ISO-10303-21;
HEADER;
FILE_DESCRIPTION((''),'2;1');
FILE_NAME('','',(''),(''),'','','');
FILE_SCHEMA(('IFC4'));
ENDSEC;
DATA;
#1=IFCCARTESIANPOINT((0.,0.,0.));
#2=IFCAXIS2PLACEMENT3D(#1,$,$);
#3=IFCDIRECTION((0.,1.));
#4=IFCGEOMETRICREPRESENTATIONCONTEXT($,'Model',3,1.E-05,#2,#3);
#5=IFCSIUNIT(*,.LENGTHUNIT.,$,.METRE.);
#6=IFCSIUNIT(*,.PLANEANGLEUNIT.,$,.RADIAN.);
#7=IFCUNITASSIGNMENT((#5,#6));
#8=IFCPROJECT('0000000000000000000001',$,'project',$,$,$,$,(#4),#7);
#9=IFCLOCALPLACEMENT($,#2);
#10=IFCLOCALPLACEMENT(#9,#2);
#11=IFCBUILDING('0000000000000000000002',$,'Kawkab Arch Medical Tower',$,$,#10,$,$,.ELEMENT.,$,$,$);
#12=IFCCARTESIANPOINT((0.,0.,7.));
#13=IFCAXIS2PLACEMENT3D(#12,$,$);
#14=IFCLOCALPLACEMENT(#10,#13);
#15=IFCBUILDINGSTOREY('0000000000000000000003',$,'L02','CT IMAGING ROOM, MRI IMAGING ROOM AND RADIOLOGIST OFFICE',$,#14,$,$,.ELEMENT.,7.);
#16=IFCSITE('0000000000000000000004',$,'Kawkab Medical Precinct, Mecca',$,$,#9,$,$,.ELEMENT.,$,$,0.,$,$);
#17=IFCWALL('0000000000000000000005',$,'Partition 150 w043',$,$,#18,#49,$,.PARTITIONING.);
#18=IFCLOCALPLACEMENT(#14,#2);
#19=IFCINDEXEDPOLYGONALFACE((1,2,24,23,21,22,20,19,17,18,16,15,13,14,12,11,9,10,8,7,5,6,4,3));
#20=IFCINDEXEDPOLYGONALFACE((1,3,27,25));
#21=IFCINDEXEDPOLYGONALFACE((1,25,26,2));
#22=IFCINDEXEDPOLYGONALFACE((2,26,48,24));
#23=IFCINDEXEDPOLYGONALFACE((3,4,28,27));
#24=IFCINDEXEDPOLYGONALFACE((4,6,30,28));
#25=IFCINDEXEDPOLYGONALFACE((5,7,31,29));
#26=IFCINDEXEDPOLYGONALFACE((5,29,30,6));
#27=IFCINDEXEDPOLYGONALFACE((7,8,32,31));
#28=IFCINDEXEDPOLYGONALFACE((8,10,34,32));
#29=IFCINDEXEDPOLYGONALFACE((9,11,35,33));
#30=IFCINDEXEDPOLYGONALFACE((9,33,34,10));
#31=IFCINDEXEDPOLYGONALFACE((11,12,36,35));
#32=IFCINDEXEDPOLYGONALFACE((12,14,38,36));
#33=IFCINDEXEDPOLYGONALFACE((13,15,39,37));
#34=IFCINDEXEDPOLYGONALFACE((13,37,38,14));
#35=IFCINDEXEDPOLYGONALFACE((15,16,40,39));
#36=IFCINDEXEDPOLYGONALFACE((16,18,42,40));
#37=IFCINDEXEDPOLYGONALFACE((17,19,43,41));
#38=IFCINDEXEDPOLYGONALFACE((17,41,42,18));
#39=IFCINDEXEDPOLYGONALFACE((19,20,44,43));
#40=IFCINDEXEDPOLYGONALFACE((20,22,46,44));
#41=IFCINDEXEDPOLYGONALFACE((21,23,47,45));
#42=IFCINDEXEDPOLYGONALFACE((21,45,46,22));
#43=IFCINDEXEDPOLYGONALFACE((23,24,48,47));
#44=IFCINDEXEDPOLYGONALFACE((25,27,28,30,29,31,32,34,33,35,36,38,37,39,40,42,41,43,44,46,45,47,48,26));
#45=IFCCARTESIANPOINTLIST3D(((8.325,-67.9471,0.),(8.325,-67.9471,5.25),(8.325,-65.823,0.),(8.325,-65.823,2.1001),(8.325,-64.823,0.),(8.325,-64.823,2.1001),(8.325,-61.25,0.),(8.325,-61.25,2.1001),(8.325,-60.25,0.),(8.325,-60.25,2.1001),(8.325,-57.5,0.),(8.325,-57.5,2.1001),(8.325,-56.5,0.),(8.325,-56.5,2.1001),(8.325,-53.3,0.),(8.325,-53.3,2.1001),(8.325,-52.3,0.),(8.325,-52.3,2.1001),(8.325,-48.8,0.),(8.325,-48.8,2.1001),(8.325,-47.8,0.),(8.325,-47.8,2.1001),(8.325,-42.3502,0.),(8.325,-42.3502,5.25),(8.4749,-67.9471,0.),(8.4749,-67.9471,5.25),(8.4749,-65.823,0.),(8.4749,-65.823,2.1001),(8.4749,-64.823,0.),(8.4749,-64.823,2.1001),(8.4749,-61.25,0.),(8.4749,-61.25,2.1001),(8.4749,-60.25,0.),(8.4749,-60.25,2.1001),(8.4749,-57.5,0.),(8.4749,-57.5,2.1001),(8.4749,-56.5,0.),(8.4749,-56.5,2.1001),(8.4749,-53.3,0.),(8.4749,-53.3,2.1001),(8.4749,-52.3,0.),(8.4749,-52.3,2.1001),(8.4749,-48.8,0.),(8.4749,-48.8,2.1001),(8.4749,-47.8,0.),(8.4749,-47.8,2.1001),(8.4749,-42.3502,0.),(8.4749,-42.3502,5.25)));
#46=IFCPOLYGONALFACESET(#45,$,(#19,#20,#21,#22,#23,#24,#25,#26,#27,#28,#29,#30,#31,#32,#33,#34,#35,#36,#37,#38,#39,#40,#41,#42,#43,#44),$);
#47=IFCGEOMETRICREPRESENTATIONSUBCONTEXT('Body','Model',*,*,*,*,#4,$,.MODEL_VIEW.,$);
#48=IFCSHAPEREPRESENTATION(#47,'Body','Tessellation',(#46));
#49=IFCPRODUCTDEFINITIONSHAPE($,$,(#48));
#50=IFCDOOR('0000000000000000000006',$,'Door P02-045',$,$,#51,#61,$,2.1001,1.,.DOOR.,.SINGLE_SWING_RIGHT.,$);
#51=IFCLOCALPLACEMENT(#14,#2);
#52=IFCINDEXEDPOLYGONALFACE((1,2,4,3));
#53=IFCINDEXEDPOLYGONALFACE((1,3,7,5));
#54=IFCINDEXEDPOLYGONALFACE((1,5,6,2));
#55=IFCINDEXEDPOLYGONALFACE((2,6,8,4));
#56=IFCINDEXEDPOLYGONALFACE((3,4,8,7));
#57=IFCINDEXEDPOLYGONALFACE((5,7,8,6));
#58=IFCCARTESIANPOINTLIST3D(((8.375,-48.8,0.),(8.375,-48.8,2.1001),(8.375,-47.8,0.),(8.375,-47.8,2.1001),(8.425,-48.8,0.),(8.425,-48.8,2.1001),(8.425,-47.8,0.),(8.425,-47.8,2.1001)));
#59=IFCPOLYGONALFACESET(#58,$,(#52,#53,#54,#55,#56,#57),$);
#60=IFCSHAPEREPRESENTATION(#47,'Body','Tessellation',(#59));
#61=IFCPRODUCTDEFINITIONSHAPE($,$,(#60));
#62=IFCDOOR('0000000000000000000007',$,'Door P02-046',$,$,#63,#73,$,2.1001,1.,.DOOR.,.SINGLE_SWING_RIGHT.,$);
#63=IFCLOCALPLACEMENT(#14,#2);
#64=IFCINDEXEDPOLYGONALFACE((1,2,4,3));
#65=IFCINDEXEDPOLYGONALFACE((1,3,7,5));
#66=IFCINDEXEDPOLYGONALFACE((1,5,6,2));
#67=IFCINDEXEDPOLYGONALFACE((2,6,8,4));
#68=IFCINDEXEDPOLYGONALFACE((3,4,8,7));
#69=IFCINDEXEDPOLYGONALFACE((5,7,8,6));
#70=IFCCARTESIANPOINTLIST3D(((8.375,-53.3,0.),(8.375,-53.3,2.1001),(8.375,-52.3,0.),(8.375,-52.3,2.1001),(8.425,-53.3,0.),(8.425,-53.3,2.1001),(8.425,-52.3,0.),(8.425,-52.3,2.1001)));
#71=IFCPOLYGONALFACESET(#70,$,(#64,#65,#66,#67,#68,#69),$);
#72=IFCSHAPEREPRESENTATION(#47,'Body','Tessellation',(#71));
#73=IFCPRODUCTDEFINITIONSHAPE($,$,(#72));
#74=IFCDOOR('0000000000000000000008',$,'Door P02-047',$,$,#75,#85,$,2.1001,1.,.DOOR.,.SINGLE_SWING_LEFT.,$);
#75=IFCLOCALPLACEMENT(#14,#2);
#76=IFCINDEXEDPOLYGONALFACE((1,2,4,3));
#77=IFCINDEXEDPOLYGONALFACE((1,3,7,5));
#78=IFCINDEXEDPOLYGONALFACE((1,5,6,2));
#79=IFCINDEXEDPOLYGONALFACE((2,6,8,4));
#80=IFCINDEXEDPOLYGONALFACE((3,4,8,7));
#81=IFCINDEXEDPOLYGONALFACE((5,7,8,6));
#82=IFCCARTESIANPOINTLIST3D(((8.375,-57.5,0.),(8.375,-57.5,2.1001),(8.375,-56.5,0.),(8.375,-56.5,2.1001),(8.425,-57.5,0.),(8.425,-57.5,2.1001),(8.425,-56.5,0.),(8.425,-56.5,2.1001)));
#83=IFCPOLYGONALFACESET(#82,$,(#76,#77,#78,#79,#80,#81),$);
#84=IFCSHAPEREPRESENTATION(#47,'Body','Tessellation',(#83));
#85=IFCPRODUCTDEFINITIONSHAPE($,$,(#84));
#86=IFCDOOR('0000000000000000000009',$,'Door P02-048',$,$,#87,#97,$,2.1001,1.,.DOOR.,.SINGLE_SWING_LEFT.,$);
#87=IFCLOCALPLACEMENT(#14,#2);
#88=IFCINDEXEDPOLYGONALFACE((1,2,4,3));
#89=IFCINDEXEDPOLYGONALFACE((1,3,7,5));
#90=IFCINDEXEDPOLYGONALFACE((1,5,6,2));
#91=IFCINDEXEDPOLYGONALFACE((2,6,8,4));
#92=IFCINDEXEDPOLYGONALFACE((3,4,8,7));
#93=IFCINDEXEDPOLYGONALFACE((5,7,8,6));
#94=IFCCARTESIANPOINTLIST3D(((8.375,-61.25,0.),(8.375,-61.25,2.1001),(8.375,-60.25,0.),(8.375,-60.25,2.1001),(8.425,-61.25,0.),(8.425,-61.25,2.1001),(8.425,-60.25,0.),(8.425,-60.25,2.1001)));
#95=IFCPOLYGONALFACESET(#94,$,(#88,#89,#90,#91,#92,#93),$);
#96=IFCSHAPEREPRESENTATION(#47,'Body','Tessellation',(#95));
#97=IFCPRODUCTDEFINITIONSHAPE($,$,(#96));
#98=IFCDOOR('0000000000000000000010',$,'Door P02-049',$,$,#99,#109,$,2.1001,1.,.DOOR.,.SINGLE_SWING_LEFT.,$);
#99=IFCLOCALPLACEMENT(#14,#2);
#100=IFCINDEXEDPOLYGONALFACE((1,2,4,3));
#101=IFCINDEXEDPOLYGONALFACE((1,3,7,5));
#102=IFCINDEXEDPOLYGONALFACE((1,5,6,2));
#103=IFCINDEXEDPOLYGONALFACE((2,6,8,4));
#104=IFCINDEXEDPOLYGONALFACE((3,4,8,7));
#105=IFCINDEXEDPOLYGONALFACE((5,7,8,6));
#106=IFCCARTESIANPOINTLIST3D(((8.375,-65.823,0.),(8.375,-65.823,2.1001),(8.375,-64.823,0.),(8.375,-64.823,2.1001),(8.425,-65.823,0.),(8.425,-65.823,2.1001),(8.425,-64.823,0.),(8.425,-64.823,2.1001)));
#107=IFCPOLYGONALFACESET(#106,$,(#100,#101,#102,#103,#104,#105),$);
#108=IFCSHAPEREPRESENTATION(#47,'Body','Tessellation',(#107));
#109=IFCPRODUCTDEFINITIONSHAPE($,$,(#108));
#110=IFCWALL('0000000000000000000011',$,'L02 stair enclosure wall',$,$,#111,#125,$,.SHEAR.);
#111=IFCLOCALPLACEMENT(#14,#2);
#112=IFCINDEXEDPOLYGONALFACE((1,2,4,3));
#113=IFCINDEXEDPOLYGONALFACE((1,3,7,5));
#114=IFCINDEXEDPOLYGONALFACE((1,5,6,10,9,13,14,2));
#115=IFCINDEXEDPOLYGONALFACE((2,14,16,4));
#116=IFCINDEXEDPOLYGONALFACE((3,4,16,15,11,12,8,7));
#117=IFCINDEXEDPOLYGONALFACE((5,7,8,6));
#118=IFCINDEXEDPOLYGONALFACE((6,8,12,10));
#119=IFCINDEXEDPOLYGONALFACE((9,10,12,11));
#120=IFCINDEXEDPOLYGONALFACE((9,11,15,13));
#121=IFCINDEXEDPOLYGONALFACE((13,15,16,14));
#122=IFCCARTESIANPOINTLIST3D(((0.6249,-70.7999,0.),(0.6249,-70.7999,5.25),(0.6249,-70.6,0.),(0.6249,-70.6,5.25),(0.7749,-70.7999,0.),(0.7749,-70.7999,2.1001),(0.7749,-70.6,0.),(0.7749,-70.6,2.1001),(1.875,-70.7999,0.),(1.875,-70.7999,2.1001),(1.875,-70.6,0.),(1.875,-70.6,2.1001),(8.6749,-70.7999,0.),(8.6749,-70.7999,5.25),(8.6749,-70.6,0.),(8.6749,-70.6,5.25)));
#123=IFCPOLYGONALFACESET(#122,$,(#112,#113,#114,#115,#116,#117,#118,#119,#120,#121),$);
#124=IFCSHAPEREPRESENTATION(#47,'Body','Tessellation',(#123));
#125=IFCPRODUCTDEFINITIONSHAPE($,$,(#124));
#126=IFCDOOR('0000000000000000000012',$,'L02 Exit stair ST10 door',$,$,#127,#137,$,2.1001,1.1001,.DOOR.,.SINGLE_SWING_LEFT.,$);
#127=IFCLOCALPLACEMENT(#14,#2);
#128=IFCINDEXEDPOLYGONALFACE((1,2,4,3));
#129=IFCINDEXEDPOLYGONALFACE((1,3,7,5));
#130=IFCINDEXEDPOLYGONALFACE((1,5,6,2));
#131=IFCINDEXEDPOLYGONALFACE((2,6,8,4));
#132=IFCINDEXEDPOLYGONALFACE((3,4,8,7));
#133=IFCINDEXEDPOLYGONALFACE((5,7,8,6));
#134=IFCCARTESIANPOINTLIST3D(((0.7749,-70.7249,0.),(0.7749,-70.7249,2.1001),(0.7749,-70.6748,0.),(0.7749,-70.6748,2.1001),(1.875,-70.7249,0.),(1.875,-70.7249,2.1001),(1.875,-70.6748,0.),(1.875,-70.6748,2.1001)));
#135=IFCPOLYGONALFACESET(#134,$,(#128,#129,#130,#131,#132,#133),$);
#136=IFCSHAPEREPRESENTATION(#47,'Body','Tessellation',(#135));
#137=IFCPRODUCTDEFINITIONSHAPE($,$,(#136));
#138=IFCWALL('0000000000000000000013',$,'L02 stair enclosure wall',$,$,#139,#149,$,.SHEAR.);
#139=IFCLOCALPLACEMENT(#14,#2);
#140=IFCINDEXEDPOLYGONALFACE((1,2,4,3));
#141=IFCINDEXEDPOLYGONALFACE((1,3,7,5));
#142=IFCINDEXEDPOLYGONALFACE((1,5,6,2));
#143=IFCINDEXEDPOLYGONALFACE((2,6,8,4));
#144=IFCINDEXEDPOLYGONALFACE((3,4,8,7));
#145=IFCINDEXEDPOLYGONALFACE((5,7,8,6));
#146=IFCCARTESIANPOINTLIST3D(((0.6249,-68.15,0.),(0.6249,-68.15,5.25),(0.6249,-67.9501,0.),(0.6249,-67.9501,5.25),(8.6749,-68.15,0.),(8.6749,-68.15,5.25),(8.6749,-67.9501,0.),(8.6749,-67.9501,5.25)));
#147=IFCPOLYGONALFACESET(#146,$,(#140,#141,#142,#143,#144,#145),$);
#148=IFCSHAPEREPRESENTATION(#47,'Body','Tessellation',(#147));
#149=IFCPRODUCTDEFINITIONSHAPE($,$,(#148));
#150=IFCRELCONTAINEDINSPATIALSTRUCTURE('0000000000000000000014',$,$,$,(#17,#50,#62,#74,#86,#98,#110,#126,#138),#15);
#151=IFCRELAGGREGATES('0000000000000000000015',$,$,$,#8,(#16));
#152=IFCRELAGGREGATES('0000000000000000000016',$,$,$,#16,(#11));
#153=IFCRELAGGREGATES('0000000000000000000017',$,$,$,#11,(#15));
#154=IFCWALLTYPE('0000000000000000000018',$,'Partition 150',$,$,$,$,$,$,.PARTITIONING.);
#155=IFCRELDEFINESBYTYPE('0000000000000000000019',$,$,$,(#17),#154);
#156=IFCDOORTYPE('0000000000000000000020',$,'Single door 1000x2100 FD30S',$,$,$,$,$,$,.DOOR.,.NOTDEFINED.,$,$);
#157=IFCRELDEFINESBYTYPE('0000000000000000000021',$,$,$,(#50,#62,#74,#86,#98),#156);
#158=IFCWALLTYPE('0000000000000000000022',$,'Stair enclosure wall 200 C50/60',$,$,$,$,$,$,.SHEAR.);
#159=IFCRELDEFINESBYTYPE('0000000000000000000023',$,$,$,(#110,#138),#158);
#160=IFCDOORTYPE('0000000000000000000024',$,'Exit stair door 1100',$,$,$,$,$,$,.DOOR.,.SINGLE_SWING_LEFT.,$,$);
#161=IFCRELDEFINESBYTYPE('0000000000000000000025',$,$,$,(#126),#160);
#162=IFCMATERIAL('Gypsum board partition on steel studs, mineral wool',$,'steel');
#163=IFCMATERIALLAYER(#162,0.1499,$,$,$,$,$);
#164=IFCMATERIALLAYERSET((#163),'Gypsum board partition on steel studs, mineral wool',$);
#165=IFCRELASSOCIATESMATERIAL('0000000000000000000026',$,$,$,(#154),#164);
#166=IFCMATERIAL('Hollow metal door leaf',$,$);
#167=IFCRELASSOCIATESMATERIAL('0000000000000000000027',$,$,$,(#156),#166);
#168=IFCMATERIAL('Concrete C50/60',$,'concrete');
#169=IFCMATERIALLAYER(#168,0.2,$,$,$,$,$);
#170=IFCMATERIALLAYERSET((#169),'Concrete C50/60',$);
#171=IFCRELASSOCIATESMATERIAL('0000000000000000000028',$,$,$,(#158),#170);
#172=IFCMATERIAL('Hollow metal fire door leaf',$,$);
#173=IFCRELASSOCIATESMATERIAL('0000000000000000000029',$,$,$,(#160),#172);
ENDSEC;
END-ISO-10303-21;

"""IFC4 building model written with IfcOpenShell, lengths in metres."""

from ifc_helpers import new_model, si_unit, direction, frame, frame_2d, origin, place, context, subcontext, project, spatial, rectangle, extrude, material, layer, layer_set, type_object, element, fill, save


model = new_model("IFC4")

# Units and contexts
model_context = context("Model", 3, precision=1e-05, world=origin(), true_north=direction((0.0, 1.0)))
body_context = subcontext(model_context, "Body", "Model", "MODEL_VIEW")
ifc_project = project(units=[si_unit("LENGTHUNIT", "METRE"), si_unit("PLANEANGLEUNIT", "RADIAN")], contexts=[model_context])

# Site, building, storey
site_placement = place(None, origin())
site = spatial("IfcSite", under=ifc_project, at=site_placement, Name="Kawkab Medical Precinct, Mecca", CompositionType="ELEMENT", RefElevation=0.0)
building_placement = place(site_placement, origin())
building = spatial("IfcBuilding", under=site, at=building_placement, Name="Kawkab Arch Medical Tower", CompositionType="ELEMENT")
storey_placement = place(building_placement, frame((0.0, 0.0, 7.0)))
storey = spatial("IfcBuildingStorey", under=building, at=storey_placement, Name="L02", Description="CT IMAGING ROOM, MRI IMAGING ROOM AND RADIOLOGIST OFFICE", CompositionType="ELEMENT", Elevation=7.0)

# Shared definitions
ifc_material_1 = material(Name="Gypsum board partition on steel studs, mineral wool", Category="steel")
ifc_layer_1 = layer(ifc_material_1, 0.1499)
ifc_layer_set_1 = layer_set([ifc_layer_1], Name="Gypsum board partition on steel studs, mineral wool")
wall_type_1 = type_object("IfcWallType", Name="Partition 150", PredefinedType="PARTITIONING", material=ifc_layer_set_1)

# Wall, openings, doors
wall_1_placement = place(storey_placement, frame((8.3999, -67.947, 0.0), z_axis=(0.0, 0.0, 1.0), x_axis=(0.0, 1.0, 0.0)))
wall_1 = element("IfcWall", 1, at=wall_1_placement, inside=storey, type_object=wall_type_1, Name="Partition 150 w043", PredefinedType="PARTITIONING", context=body_context, shape_type="SweptSolid", body=[
    extrude(rectangle(XDim=25.5969, YDim=0.1499, at=frame_2d((12.7983, 0.0))), origin(), (0.0, 0.0, 1.0), 5.25),
])
opening_1_placement = place(wall_1_placement, frame((19.147, 0.0, 0.0)))
opening_1 = element("IfcOpeningElement", 2, at=opening_1_placement, cuts=wall_1, PredefinedType="OPENING", context=body_context, shape_type="SweptSolid", body=[
    extrude(rectangle(XDim=1.0, YDim=2.1001, at=frame_2d((0.5, 1.05))), frame((0.0, 0.085, 0.0), z_axis=(0.0, -1.0, 0.0), x_axis=(1.0, 0.0, 0.0)), (0.0, 0.0, 1.0), 0.1699),
])
opening_2_placement = place(wall_1_placement, frame((14.647, 0.0, 0.0)))
opening_2 = element("IfcOpeningElement", 3, at=opening_2_placement, cuts=wall_1, PredefinedType="OPENING", context=body_context, shape_type="SweptSolid", body=[
    extrude(rectangle(XDim=1.0, YDim=2.1001, at=frame_2d((0.5, 1.05))), frame((0.0, 0.085, 0.0), z_axis=(0.0, -1.0, 0.0), x_axis=(1.0, 0.0, 0.0)), (0.0, 0.0, 1.0), 0.1699),
])
opening_3_placement = place(wall_1_placement, frame((10.447, 0.0, 0.0)))
opening_3 = element("IfcOpeningElement", 4, at=opening_3_placement, cuts=wall_1, PredefinedType="OPENING", context=body_context, shape_type="SweptSolid", body=[
    extrude(rectangle(XDim=1.0, YDim=2.1001, at=frame_2d((0.5, 1.05))), frame((0.0, 0.085, 0.0), z_axis=(0.0, -1.0, 0.0), x_axis=(1.0, 0.0, 0.0)), (0.0, 0.0, 1.0), 0.1699),
])
opening_4_placement = place(wall_1_placement, frame((6.697, 0.0, 0.0)))
opening_4 = element("IfcOpeningElement", 5, at=opening_4_placement, cuts=wall_1, PredefinedType="OPENING", context=body_context, shape_type="SweptSolid", body=[
    extrude(rectangle(XDim=1.0, YDim=2.1001, at=frame_2d((0.5, 1.05))), frame((0.0, 0.085, 0.0), z_axis=(0.0, -1.0, 0.0), x_axis=(1.0, 0.0, 0.0)), (0.0, 0.0, 1.0), 0.1699),
])
opening_5_placement = place(wall_1_placement, frame((2.124, 0.0, 0.0)))
opening_5 = element("IfcOpeningElement", 6, at=opening_5_placement, cuts=wall_1, PredefinedType="OPENING", context=body_context, shape_type="SweptSolid", body=[
    extrude(rectangle(XDim=1.0, YDim=2.1001, at=frame_2d((0.5, 1.05))), frame((0.0, 0.085, 0.0), z_axis=(0.0, -1.0, 0.0), x_axis=(1.0, 0.0, 0.0)), (0.0, 0.0, 1.0), 0.1699),
])
ifc_material_2 = material(Name="Hollow metal door leaf")
door_type_1 = type_object("IfcDoorType", Name="Single door 1000x2100 FD30S", OperationType="NOTDEFINED", PredefinedType="DOOR", material=ifc_material_2)
door_1_placement = place(opening_1_placement, origin())
door_1 = element("IfcDoor", 7, at=door_1_placement, inside=storey, type_object=door_type_1, Name="Door P02-045", OperationType="SINGLE_SWING_RIGHT", OverallHeight=2.1001, OverallWidth=1.0, PredefinedType="DOOR", context=body_context, shape_type="SweptSolid", body=[
    extrude(rectangle(XDim=1.0, YDim=2.1001, at=frame_2d((0.5, 1.05))), frame((0.0, 0.0249, 0.0), z_axis=(0.0, -1.0, 0.0), x_axis=(1.0, 0.0, 0.0)), (0.0, 0.0, 1.0), 0.05),
])
fill(opening_1, door_1)
door_2_placement = place(opening_2_placement, origin())
door_2 = element("IfcDoor", 8, at=door_2_placement, inside=storey, type_object=door_type_1, Name="Door P02-046", OperationType="SINGLE_SWING_RIGHT", OverallHeight=2.1001, OverallWidth=1.0, PredefinedType="DOOR", context=body_context, shape_type="SweptSolid", body=[
    extrude(rectangle(XDim=1.0, YDim=2.1001, at=frame_2d((0.5, 1.05))), frame((0.0, 0.0249, 0.0), z_axis=(0.0, -1.0, 0.0), x_axis=(1.0, 0.0, 0.0)), (0.0, 0.0, 1.0), 0.05),
])
fill(opening_2, door_2)
door_3_placement = place(opening_3_placement, origin())
door_3 = element("IfcDoor", 9, at=door_3_placement, inside=storey, type_object=door_type_1, Name="Door P02-047", OperationType="SINGLE_SWING_LEFT", OverallHeight=2.1001, OverallWidth=1.0, PredefinedType="DOOR", context=body_context, shape_type="SweptSolid", body=[
    extrude(rectangle(XDim=1.0, YDim=2.1001, at=frame_2d((0.5, 1.05))), frame((0.0, 0.0249, 0.0), z_axis=(0.0, -1.0, 0.0), x_axis=(1.0, 0.0, 0.0)), (0.0, 0.0, 1.0), 0.05),
])
fill(opening_3, door_3)
door_4_placement = place(opening_4_placement, origin())
door_4 = element("IfcDoor", 10, at=door_4_placement, inside=storey, type_object=door_type_1, Name="Door P02-048", OperationType="SINGLE_SWING_LEFT", OverallHeight=2.1001, OverallWidth=1.0, PredefinedType="DOOR", context=body_context, shape_type="SweptSolid", body=[
    extrude(rectangle(XDim=1.0, YDim=2.1001, at=frame_2d((0.5, 1.05))), frame((0.0, 0.0249, 0.0), z_axis=(0.0, -1.0, 0.0), x_axis=(1.0, 0.0, 0.0)), (0.0, 0.0, 1.0), 0.05),
])
fill(opening_4, door_4)
door_5_placement = place(opening_5_placement, origin())
door_5 = element("IfcDoor", 11, at=door_5_placement, inside=storey, type_object=door_type_1, Name="Door P02-049", OperationType="SINGLE_SWING_LEFT", OverallHeight=2.1001, OverallWidth=1.0, PredefinedType="DOOR", context=body_context, shape_type="SweptSolid", body=[
    extrude(rectangle(XDim=1.0, YDim=2.1001, at=frame_2d((0.5, 1.05))), frame((0.0, 0.0249, 0.0), z_axis=(0.0, -1.0, 0.0), x_axis=(1.0, 0.0, 0.0)), (0.0, 0.0, 1.0), 0.05),
])
fill(opening_5, door_5)

# Wall, opening, door
ifc_material_3 = material(Name="Concrete C50/60", Category="concrete")
ifc_layer_2 = layer(ifc_material_3, 0.2)
ifc_layer_set_2 = layer_set([ifc_layer_2], Name="Concrete C50/60")
wall_type_2 = type_object("IfcWallType", Name="Stair enclosure wall 200 C50/60", PredefinedType="SHEAR", material=ifc_layer_set_2)
wall_2_placement = place(storey_placement, frame((0.625, -70.7, 0.0), z_axis=(0.0, 0.0, 1.0), x_axis=(1.0, 0.0, 0.0)))
wall_2 = element("IfcWall", 12, at=wall_2_placement, inside=storey, type_object=wall_type_2, Name="L02 stair enclosure wall", PredefinedType="SHEAR", context=body_context, shape_type="SweptSolid", body=[
    extrude(rectangle(XDim=8.05, YDim=0.2, at=frame_2d((4.0249, 0.0))), origin(), (0.0, 0.0, 1.0), 5.25),
])
opening_6_placement = place(wall_2_placement, frame((0.1499, 0.0, 0.0)))
opening_6 = element("IfcOpeningElement", 13, at=opening_6_placement, cuts=wall_2, PredefinedType="OPENING", context=body_context, shape_type="SweptSolid", body=[
    extrude(rectangle(XDim=1.1001, YDim=2.1001, at=frame_2d((0.55, 1.05))), frame((0.0, 0.1099, 0.0), z_axis=(0.0, -1.0, 0.0), x_axis=(1.0, 0.0, 0.0)), (0.0, 0.0, 1.0), 0.22),
])
ifc_material_4 = material(Name="Hollow metal fire door leaf")
door_type_2 = type_object("IfcDoorType", Name="Exit stair door 1100", OperationType="SINGLE_SWING_LEFT", PredefinedType="DOOR", material=ifc_material_4)
door_6_placement = place(opening_6_placement, frame((1.1001, 0.0, 0.0), z_axis=(0.0, 0.0, 1.0), x_axis=(-1.0, 0.0, 0.0)))
door_6 = element("IfcDoor", 14, at=door_6_placement, inside=storey, type_object=door_type_2, Name="L02 Exit stair ST10 door", OperationType="SINGLE_SWING_LEFT", OverallHeight=2.1001, OverallWidth=1.1001, PredefinedType="DOOR", context=body_context, shape_type="SweptSolid", body=[
    extrude(rectangle(XDim=1.1001, YDim=2.1001, at=frame_2d((0.55, 1.05))), frame((0.0, 0.0249, 0.0), z_axis=(0.0, -1.0, 0.0), x_axis=(1.0, 0.0, 0.0)), (0.0, 0.0, 1.0), 0.05),
])
fill(opening_6, door_6)

# Wall
wall_3_placement = place(storey_placement, frame((0.625, -68.05, 0.0), z_axis=(0.0, 0.0, 1.0), x_axis=(1.0, 0.0, 0.0)))
element("IfcWall", 15, at=wall_3_placement, inside=storey, type_object=wall_type_2, Name="L02 stair enclosure wall", PredefinedType="SHEAR", context=body_context, shape_type="SweptSolid", body=[
    extrude(rectangle(XDim=8.05, YDim=0.2, at=frame_2d((4.0249, 0.0))), origin(), (0.0, 0.0, 1.0), 5.25),
])

save(model, "model.ifc")
